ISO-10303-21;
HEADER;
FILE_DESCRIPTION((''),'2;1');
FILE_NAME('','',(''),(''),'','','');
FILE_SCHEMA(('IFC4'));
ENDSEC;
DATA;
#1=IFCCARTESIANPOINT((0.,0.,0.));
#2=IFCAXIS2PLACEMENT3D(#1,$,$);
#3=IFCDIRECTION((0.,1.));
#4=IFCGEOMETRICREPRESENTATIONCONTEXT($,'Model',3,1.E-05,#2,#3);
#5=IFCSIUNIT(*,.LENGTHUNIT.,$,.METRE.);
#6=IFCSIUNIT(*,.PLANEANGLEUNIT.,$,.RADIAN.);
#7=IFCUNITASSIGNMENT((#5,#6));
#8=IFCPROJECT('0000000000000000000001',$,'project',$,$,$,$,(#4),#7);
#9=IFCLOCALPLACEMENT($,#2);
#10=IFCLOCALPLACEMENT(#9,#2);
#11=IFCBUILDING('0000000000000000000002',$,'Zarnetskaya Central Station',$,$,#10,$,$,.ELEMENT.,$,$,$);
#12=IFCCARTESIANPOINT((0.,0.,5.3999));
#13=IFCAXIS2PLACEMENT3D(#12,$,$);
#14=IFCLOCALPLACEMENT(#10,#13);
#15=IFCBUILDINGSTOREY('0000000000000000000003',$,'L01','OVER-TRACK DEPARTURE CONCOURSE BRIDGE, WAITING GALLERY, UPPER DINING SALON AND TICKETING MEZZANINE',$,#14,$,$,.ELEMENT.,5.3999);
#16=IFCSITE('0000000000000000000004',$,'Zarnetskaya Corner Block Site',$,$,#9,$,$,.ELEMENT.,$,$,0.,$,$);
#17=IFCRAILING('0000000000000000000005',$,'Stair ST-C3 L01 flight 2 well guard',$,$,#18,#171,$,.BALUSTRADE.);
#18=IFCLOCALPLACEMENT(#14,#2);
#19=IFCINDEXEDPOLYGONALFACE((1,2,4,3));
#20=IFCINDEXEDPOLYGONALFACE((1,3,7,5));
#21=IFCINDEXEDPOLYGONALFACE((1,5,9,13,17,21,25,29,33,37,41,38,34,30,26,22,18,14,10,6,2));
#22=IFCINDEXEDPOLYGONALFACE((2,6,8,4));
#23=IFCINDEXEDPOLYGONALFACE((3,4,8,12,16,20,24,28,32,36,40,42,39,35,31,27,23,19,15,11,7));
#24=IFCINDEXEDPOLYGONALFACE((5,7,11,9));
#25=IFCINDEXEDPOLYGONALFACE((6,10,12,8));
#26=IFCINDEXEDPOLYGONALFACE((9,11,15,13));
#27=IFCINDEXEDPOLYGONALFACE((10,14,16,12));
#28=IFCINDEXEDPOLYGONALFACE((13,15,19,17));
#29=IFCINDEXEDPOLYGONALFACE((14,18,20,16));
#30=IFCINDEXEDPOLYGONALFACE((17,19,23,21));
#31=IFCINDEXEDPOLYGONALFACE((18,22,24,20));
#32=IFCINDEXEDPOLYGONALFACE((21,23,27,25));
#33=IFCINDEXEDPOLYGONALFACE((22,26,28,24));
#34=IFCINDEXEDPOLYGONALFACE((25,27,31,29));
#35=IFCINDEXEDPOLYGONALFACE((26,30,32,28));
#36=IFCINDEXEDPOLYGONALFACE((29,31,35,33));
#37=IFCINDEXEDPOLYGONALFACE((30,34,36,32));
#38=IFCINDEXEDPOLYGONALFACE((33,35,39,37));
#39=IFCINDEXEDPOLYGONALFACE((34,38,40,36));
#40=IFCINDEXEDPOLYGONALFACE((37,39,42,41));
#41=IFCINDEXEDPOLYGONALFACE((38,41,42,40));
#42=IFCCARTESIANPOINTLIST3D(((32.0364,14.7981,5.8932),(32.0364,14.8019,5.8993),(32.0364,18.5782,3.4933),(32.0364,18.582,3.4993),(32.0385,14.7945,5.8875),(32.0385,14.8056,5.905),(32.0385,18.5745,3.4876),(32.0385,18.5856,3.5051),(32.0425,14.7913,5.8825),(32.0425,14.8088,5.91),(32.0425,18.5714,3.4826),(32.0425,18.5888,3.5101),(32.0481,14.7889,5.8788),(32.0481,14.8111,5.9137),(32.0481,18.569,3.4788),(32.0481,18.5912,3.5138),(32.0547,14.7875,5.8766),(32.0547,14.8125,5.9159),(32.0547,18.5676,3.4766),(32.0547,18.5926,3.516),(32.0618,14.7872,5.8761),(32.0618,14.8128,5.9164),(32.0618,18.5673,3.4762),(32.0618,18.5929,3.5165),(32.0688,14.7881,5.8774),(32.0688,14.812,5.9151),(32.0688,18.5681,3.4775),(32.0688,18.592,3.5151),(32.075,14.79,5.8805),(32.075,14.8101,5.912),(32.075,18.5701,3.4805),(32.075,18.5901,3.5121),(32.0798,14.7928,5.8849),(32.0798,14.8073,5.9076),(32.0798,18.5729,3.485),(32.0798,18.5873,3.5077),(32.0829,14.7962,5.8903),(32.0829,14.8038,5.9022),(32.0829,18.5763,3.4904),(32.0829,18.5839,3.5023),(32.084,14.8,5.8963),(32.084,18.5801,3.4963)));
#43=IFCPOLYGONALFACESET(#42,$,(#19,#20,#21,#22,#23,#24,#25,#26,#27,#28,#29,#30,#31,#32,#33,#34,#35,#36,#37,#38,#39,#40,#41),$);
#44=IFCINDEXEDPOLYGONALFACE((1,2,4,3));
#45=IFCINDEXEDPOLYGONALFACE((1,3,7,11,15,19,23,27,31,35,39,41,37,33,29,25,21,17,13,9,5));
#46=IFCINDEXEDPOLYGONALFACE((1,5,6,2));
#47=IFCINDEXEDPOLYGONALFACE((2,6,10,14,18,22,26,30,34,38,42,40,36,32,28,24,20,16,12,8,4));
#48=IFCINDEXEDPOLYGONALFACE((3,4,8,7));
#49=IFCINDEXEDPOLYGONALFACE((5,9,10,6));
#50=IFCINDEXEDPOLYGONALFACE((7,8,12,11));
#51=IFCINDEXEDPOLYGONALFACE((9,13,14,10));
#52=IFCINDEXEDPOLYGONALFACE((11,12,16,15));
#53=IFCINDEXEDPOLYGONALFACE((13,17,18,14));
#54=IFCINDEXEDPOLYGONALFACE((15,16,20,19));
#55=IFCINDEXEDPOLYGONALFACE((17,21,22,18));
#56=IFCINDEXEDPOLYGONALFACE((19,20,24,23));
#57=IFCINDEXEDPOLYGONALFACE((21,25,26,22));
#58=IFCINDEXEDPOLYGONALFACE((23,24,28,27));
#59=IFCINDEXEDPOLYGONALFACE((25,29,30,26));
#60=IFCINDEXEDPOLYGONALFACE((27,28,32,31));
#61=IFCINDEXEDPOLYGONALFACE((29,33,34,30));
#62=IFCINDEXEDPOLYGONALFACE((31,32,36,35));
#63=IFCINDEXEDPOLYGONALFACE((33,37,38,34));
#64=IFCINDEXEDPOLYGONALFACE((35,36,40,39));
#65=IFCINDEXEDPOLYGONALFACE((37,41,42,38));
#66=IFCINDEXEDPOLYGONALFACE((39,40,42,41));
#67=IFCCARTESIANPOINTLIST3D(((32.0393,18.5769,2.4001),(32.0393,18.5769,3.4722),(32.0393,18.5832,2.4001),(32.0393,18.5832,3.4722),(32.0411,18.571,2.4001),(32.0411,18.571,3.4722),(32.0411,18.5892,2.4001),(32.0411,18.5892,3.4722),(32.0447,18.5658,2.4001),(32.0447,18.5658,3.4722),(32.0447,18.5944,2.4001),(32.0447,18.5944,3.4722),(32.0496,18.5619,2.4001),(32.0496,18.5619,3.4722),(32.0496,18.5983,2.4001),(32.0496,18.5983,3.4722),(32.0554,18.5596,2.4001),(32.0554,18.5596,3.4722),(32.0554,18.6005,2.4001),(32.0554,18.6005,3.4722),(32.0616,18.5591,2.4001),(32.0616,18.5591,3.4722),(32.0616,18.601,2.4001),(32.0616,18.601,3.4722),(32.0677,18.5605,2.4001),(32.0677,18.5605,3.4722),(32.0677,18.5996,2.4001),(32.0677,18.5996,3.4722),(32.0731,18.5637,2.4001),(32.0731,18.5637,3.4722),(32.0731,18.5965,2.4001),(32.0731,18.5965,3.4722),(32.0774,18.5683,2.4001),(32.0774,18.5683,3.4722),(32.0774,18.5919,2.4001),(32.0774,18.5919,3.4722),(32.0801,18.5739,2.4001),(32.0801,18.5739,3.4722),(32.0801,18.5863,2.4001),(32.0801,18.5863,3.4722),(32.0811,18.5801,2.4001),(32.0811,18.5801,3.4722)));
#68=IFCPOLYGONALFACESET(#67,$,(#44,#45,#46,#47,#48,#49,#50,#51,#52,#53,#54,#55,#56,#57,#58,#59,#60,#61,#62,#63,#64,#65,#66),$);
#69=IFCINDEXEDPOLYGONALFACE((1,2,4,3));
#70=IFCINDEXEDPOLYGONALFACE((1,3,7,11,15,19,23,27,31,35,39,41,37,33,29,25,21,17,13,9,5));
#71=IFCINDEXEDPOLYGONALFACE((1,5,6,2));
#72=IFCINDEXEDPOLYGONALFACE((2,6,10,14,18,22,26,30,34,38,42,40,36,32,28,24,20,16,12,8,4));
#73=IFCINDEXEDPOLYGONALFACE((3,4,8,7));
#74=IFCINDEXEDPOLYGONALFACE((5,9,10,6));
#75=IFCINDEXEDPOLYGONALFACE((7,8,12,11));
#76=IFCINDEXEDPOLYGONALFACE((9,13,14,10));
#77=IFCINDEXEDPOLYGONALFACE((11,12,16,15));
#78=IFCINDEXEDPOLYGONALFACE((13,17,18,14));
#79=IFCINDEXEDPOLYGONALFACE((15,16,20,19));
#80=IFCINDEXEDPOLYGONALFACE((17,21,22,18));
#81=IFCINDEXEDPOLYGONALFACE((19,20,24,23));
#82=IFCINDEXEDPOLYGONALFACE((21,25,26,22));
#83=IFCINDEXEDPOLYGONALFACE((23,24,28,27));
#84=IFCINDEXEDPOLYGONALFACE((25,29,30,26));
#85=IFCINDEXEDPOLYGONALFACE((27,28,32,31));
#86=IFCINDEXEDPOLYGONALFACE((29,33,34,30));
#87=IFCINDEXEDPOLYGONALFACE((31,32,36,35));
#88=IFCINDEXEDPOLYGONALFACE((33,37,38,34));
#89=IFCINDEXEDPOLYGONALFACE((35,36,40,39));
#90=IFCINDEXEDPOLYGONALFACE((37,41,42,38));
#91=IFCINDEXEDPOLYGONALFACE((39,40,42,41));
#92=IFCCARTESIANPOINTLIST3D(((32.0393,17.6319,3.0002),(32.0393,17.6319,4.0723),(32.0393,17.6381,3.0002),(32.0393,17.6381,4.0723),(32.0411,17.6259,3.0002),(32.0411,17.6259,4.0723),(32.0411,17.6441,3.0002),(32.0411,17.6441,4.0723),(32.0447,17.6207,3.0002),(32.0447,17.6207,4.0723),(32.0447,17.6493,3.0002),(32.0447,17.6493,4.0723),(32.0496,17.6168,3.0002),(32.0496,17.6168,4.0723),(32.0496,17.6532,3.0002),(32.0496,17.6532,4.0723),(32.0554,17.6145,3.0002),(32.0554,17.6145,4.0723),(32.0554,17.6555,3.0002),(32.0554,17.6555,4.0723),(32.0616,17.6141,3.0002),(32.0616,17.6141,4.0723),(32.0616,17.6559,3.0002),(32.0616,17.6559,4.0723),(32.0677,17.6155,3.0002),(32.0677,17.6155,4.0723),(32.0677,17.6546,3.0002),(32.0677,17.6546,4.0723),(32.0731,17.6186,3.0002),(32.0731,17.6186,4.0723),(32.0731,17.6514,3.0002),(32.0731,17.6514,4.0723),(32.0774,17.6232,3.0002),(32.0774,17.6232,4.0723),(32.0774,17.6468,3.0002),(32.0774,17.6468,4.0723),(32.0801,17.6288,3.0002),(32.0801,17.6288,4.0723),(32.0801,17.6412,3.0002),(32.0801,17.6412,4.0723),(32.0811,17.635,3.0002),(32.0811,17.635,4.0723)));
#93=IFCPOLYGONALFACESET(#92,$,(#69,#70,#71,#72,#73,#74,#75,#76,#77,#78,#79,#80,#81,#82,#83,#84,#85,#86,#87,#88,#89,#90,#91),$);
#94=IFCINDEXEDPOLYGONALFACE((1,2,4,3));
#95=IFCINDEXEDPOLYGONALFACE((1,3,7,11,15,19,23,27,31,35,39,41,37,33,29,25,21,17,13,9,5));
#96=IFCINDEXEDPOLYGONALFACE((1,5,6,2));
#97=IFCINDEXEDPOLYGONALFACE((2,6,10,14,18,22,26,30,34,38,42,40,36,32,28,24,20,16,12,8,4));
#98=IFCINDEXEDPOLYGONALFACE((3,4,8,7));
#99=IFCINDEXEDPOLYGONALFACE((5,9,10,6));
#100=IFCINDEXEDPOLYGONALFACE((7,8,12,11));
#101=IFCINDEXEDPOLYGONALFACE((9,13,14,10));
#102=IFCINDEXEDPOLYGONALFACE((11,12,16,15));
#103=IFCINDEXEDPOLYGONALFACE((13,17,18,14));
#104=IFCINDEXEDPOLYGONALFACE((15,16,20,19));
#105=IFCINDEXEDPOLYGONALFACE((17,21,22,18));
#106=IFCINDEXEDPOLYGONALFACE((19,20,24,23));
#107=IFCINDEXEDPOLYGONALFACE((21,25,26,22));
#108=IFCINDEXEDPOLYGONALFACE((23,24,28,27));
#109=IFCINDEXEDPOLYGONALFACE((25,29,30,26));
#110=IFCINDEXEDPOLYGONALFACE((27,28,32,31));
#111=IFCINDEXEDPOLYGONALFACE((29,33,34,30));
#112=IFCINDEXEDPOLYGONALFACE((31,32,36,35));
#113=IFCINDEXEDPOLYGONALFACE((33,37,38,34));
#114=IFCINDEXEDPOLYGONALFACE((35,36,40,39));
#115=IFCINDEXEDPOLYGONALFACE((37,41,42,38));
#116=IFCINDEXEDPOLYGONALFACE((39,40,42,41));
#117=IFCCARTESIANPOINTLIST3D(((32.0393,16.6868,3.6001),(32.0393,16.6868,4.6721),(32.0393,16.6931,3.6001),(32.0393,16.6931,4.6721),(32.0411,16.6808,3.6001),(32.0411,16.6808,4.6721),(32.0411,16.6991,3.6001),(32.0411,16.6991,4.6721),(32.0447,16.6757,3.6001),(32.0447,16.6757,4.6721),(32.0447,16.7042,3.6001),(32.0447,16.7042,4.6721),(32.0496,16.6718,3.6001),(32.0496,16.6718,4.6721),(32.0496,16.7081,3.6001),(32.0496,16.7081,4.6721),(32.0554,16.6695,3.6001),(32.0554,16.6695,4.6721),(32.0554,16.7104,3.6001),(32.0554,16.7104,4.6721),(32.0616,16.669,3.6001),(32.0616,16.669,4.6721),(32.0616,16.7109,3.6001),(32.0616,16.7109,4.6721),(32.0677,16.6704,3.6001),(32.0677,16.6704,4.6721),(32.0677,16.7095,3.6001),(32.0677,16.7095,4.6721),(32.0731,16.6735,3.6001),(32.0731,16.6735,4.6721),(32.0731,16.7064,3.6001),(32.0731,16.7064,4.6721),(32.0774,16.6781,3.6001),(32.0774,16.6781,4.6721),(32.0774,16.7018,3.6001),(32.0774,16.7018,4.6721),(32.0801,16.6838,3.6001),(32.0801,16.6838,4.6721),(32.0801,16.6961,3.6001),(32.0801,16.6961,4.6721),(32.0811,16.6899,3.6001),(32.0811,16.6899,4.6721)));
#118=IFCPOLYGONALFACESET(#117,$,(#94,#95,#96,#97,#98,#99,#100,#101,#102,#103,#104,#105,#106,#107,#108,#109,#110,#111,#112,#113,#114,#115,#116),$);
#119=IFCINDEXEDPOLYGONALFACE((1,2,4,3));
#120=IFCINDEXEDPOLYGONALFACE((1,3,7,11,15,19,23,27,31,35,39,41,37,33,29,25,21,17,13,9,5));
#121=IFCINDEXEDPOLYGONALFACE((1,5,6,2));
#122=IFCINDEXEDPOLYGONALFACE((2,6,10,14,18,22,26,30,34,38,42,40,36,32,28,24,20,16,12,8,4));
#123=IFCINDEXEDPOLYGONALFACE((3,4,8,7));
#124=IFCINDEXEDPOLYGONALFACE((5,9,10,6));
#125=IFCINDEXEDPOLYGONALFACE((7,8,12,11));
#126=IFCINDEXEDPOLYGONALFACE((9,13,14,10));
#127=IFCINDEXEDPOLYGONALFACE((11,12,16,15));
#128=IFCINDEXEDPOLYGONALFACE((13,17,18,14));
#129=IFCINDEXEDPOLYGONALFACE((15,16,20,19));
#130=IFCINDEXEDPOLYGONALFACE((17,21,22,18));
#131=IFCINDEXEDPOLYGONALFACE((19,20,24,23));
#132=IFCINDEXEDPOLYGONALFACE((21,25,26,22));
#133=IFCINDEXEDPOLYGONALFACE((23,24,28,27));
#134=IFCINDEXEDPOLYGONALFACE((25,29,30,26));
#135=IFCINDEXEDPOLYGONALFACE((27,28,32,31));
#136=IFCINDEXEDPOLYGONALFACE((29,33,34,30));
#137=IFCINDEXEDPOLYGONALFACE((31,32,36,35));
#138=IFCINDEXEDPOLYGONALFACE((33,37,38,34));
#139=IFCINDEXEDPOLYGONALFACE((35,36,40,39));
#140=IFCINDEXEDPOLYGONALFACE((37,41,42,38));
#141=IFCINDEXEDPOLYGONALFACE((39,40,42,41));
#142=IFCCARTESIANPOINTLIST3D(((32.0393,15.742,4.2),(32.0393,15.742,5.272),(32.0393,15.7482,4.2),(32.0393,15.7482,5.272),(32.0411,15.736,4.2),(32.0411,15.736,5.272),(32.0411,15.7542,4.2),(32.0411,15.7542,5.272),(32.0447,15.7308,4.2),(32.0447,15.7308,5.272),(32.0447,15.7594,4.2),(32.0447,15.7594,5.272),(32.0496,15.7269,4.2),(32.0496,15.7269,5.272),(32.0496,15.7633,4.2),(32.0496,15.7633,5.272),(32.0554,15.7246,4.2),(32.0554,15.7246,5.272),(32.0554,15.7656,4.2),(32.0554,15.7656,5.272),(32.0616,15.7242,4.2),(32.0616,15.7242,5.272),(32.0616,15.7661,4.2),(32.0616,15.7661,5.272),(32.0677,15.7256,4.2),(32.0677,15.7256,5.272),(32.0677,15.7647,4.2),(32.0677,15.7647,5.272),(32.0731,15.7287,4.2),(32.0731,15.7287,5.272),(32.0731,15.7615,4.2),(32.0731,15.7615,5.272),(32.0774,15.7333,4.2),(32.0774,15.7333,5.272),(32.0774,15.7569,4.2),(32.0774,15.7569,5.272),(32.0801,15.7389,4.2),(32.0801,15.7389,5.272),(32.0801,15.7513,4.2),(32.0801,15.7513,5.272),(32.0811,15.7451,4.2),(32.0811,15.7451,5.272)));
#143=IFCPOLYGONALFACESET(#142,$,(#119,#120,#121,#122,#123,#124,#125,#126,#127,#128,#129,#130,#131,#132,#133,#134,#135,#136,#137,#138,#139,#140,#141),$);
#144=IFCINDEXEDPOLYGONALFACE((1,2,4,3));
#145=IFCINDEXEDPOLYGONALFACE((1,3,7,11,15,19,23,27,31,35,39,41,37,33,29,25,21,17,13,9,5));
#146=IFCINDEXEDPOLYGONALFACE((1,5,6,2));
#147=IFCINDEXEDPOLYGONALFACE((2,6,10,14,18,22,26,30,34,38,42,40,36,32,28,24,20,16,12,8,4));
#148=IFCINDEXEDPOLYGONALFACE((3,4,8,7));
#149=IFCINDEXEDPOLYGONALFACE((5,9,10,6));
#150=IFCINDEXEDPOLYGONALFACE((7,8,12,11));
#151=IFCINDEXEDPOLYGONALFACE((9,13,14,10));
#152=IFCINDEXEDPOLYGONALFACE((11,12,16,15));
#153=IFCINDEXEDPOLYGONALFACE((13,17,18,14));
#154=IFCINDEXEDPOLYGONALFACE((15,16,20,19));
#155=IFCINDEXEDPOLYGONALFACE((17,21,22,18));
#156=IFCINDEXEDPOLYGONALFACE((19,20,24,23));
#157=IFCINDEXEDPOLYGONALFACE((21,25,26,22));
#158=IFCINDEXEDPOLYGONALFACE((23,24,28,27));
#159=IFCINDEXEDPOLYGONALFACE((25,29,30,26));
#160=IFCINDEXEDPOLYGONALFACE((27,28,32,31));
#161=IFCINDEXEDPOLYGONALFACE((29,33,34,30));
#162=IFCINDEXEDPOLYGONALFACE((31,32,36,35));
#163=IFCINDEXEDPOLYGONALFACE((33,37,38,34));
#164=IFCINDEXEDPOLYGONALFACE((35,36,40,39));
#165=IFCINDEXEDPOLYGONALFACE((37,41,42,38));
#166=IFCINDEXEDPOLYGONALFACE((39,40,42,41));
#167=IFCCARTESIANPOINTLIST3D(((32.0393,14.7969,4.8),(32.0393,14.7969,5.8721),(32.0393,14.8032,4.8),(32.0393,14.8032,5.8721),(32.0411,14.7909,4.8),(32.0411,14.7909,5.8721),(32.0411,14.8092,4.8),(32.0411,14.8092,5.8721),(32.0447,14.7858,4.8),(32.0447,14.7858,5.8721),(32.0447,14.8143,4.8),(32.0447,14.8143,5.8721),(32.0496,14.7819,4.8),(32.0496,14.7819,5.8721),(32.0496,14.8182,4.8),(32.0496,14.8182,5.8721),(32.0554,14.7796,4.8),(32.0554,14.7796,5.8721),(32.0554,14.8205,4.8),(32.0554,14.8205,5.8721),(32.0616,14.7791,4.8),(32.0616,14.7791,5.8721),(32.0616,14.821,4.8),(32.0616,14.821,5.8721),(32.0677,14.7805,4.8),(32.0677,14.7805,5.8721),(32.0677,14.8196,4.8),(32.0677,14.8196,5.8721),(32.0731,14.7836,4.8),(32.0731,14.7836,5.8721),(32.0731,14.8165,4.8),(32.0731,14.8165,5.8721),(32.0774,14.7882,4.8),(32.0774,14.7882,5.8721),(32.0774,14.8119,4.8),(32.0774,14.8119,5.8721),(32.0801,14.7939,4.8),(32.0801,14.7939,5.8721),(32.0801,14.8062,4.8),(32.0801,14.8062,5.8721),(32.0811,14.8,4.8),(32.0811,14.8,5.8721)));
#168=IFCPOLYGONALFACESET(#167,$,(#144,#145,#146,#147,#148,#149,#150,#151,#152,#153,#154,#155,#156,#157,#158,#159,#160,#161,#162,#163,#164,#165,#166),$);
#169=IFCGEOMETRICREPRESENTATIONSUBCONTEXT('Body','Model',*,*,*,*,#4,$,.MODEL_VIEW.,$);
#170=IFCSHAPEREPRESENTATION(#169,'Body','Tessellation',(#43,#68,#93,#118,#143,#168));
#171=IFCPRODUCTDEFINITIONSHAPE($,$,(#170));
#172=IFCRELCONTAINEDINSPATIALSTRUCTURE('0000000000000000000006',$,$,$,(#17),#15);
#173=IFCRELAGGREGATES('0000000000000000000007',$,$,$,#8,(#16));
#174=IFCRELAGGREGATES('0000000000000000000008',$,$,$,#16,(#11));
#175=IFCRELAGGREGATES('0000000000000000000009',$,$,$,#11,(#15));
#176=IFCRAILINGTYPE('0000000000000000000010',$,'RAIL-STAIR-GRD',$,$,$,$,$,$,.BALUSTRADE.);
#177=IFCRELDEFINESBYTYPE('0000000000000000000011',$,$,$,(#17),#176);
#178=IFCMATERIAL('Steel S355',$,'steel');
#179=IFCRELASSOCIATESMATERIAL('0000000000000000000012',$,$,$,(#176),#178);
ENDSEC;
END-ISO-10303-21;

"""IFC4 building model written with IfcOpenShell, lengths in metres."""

from ifc_helpers import new_model, si_unit, direction, frame, origin, origin_2d, place, context, subcontext, project, spatial, circle, extrude, material, type_object, element, save


model = new_model("IFC4")

# Units and contexts
model_context = context("Model", 3, precision=1e-05, world=origin(), true_north=direction((0.0, 1.0)))
body_context = subcontext(model_context, "Body", "Model", "MODEL_VIEW")
ifc_project = project(units=[si_unit("LENGTHUNIT", "METRE"), si_unit("PLANEANGLEUNIT", "RADIAN")], contexts=[model_context])

# Site, building, storey
site_placement = place(None, origin())
site = spatial("IfcSite", under=ifc_project, at=site_placement, Name="Zarnetskaya Corner Block Site", CompositionType="ELEMENT", RefElevation=0.0)
building_placement = place(site_placement, origin())
building = spatial("IfcBuilding", under=site, at=building_placement, Name="Zarnetskaya Central Station", CompositionType="ELEMENT")
storey_placement = place(building_placement, frame((0.0, 0.0, 5.3999)))
storey = spatial("IfcBuildingStorey", under=building, at=storey_placement, Name="L01", Description="OVER-TRACK DEPARTURE CONCOURSE BRIDGE, WAITING GALLERY, UPPER DINING SALON AND TICKETING MEZZANINE", CompositionType="ELEMENT", Elevation=5.3999)

# Shared definitions
ifc_material_1 = material(Name="Steel S355", Category="steel")

# Railing
railing_type_1 = type_object("IfcRailingType", Name="RAIL-STAIR-GRD", PredefinedType="BALUSTRADE", material=ifc_material_1)
railing_1_placement = place(storey_placement, frame((32.0601, 18.5801, 2.4001)))
element("IfcRailing", 1, at=railing_1_placement, inside=storey, type_object=railing_type_1, Name="Stair ST-C3 L01 flight 2 well guard", PredefinedType="BALUSTRADE", context=body_context, shape_type="SweptSolid", body=[
    extrude(circle(Radius=0.0239, at=origin_2d()), frame((0.0, 0.0, 1.0962), z_axis=(0.0, -0.844225, 0.53599), x_axis=(1.0, 0.0, 0.0)), (0.0, 0.0, 1.0), 4.4775),
    extrude(circle(Radius=0.021, at=origin_2d()), origin(), (0.0, 0.0, 1.0), 1.072),
    extrude(circle(Radius=0.021, at=origin_2d()), frame((0.0, -0.9451, 0.6001)), (0.0, 0.0, 1.0), 1.072),
    extrude(circle(Radius=0.021, at=origin_2d()), frame((0.0, -1.8901, 1.2)), (0.0, 0.0, 1.0), 1.072),
    extrude(circle(Radius=0.021, at=origin_2d()), frame((0.0, -2.835, 1.7998)), (0.0, 0.0, 1.0), 1.072),
    extrude(circle(Radius=0.021, at=origin_2d()), frame((0.0, -3.78, 2.3999)), (0.0, 0.0, 1.0), 1.072),
])

save(model, "model.ifc")
